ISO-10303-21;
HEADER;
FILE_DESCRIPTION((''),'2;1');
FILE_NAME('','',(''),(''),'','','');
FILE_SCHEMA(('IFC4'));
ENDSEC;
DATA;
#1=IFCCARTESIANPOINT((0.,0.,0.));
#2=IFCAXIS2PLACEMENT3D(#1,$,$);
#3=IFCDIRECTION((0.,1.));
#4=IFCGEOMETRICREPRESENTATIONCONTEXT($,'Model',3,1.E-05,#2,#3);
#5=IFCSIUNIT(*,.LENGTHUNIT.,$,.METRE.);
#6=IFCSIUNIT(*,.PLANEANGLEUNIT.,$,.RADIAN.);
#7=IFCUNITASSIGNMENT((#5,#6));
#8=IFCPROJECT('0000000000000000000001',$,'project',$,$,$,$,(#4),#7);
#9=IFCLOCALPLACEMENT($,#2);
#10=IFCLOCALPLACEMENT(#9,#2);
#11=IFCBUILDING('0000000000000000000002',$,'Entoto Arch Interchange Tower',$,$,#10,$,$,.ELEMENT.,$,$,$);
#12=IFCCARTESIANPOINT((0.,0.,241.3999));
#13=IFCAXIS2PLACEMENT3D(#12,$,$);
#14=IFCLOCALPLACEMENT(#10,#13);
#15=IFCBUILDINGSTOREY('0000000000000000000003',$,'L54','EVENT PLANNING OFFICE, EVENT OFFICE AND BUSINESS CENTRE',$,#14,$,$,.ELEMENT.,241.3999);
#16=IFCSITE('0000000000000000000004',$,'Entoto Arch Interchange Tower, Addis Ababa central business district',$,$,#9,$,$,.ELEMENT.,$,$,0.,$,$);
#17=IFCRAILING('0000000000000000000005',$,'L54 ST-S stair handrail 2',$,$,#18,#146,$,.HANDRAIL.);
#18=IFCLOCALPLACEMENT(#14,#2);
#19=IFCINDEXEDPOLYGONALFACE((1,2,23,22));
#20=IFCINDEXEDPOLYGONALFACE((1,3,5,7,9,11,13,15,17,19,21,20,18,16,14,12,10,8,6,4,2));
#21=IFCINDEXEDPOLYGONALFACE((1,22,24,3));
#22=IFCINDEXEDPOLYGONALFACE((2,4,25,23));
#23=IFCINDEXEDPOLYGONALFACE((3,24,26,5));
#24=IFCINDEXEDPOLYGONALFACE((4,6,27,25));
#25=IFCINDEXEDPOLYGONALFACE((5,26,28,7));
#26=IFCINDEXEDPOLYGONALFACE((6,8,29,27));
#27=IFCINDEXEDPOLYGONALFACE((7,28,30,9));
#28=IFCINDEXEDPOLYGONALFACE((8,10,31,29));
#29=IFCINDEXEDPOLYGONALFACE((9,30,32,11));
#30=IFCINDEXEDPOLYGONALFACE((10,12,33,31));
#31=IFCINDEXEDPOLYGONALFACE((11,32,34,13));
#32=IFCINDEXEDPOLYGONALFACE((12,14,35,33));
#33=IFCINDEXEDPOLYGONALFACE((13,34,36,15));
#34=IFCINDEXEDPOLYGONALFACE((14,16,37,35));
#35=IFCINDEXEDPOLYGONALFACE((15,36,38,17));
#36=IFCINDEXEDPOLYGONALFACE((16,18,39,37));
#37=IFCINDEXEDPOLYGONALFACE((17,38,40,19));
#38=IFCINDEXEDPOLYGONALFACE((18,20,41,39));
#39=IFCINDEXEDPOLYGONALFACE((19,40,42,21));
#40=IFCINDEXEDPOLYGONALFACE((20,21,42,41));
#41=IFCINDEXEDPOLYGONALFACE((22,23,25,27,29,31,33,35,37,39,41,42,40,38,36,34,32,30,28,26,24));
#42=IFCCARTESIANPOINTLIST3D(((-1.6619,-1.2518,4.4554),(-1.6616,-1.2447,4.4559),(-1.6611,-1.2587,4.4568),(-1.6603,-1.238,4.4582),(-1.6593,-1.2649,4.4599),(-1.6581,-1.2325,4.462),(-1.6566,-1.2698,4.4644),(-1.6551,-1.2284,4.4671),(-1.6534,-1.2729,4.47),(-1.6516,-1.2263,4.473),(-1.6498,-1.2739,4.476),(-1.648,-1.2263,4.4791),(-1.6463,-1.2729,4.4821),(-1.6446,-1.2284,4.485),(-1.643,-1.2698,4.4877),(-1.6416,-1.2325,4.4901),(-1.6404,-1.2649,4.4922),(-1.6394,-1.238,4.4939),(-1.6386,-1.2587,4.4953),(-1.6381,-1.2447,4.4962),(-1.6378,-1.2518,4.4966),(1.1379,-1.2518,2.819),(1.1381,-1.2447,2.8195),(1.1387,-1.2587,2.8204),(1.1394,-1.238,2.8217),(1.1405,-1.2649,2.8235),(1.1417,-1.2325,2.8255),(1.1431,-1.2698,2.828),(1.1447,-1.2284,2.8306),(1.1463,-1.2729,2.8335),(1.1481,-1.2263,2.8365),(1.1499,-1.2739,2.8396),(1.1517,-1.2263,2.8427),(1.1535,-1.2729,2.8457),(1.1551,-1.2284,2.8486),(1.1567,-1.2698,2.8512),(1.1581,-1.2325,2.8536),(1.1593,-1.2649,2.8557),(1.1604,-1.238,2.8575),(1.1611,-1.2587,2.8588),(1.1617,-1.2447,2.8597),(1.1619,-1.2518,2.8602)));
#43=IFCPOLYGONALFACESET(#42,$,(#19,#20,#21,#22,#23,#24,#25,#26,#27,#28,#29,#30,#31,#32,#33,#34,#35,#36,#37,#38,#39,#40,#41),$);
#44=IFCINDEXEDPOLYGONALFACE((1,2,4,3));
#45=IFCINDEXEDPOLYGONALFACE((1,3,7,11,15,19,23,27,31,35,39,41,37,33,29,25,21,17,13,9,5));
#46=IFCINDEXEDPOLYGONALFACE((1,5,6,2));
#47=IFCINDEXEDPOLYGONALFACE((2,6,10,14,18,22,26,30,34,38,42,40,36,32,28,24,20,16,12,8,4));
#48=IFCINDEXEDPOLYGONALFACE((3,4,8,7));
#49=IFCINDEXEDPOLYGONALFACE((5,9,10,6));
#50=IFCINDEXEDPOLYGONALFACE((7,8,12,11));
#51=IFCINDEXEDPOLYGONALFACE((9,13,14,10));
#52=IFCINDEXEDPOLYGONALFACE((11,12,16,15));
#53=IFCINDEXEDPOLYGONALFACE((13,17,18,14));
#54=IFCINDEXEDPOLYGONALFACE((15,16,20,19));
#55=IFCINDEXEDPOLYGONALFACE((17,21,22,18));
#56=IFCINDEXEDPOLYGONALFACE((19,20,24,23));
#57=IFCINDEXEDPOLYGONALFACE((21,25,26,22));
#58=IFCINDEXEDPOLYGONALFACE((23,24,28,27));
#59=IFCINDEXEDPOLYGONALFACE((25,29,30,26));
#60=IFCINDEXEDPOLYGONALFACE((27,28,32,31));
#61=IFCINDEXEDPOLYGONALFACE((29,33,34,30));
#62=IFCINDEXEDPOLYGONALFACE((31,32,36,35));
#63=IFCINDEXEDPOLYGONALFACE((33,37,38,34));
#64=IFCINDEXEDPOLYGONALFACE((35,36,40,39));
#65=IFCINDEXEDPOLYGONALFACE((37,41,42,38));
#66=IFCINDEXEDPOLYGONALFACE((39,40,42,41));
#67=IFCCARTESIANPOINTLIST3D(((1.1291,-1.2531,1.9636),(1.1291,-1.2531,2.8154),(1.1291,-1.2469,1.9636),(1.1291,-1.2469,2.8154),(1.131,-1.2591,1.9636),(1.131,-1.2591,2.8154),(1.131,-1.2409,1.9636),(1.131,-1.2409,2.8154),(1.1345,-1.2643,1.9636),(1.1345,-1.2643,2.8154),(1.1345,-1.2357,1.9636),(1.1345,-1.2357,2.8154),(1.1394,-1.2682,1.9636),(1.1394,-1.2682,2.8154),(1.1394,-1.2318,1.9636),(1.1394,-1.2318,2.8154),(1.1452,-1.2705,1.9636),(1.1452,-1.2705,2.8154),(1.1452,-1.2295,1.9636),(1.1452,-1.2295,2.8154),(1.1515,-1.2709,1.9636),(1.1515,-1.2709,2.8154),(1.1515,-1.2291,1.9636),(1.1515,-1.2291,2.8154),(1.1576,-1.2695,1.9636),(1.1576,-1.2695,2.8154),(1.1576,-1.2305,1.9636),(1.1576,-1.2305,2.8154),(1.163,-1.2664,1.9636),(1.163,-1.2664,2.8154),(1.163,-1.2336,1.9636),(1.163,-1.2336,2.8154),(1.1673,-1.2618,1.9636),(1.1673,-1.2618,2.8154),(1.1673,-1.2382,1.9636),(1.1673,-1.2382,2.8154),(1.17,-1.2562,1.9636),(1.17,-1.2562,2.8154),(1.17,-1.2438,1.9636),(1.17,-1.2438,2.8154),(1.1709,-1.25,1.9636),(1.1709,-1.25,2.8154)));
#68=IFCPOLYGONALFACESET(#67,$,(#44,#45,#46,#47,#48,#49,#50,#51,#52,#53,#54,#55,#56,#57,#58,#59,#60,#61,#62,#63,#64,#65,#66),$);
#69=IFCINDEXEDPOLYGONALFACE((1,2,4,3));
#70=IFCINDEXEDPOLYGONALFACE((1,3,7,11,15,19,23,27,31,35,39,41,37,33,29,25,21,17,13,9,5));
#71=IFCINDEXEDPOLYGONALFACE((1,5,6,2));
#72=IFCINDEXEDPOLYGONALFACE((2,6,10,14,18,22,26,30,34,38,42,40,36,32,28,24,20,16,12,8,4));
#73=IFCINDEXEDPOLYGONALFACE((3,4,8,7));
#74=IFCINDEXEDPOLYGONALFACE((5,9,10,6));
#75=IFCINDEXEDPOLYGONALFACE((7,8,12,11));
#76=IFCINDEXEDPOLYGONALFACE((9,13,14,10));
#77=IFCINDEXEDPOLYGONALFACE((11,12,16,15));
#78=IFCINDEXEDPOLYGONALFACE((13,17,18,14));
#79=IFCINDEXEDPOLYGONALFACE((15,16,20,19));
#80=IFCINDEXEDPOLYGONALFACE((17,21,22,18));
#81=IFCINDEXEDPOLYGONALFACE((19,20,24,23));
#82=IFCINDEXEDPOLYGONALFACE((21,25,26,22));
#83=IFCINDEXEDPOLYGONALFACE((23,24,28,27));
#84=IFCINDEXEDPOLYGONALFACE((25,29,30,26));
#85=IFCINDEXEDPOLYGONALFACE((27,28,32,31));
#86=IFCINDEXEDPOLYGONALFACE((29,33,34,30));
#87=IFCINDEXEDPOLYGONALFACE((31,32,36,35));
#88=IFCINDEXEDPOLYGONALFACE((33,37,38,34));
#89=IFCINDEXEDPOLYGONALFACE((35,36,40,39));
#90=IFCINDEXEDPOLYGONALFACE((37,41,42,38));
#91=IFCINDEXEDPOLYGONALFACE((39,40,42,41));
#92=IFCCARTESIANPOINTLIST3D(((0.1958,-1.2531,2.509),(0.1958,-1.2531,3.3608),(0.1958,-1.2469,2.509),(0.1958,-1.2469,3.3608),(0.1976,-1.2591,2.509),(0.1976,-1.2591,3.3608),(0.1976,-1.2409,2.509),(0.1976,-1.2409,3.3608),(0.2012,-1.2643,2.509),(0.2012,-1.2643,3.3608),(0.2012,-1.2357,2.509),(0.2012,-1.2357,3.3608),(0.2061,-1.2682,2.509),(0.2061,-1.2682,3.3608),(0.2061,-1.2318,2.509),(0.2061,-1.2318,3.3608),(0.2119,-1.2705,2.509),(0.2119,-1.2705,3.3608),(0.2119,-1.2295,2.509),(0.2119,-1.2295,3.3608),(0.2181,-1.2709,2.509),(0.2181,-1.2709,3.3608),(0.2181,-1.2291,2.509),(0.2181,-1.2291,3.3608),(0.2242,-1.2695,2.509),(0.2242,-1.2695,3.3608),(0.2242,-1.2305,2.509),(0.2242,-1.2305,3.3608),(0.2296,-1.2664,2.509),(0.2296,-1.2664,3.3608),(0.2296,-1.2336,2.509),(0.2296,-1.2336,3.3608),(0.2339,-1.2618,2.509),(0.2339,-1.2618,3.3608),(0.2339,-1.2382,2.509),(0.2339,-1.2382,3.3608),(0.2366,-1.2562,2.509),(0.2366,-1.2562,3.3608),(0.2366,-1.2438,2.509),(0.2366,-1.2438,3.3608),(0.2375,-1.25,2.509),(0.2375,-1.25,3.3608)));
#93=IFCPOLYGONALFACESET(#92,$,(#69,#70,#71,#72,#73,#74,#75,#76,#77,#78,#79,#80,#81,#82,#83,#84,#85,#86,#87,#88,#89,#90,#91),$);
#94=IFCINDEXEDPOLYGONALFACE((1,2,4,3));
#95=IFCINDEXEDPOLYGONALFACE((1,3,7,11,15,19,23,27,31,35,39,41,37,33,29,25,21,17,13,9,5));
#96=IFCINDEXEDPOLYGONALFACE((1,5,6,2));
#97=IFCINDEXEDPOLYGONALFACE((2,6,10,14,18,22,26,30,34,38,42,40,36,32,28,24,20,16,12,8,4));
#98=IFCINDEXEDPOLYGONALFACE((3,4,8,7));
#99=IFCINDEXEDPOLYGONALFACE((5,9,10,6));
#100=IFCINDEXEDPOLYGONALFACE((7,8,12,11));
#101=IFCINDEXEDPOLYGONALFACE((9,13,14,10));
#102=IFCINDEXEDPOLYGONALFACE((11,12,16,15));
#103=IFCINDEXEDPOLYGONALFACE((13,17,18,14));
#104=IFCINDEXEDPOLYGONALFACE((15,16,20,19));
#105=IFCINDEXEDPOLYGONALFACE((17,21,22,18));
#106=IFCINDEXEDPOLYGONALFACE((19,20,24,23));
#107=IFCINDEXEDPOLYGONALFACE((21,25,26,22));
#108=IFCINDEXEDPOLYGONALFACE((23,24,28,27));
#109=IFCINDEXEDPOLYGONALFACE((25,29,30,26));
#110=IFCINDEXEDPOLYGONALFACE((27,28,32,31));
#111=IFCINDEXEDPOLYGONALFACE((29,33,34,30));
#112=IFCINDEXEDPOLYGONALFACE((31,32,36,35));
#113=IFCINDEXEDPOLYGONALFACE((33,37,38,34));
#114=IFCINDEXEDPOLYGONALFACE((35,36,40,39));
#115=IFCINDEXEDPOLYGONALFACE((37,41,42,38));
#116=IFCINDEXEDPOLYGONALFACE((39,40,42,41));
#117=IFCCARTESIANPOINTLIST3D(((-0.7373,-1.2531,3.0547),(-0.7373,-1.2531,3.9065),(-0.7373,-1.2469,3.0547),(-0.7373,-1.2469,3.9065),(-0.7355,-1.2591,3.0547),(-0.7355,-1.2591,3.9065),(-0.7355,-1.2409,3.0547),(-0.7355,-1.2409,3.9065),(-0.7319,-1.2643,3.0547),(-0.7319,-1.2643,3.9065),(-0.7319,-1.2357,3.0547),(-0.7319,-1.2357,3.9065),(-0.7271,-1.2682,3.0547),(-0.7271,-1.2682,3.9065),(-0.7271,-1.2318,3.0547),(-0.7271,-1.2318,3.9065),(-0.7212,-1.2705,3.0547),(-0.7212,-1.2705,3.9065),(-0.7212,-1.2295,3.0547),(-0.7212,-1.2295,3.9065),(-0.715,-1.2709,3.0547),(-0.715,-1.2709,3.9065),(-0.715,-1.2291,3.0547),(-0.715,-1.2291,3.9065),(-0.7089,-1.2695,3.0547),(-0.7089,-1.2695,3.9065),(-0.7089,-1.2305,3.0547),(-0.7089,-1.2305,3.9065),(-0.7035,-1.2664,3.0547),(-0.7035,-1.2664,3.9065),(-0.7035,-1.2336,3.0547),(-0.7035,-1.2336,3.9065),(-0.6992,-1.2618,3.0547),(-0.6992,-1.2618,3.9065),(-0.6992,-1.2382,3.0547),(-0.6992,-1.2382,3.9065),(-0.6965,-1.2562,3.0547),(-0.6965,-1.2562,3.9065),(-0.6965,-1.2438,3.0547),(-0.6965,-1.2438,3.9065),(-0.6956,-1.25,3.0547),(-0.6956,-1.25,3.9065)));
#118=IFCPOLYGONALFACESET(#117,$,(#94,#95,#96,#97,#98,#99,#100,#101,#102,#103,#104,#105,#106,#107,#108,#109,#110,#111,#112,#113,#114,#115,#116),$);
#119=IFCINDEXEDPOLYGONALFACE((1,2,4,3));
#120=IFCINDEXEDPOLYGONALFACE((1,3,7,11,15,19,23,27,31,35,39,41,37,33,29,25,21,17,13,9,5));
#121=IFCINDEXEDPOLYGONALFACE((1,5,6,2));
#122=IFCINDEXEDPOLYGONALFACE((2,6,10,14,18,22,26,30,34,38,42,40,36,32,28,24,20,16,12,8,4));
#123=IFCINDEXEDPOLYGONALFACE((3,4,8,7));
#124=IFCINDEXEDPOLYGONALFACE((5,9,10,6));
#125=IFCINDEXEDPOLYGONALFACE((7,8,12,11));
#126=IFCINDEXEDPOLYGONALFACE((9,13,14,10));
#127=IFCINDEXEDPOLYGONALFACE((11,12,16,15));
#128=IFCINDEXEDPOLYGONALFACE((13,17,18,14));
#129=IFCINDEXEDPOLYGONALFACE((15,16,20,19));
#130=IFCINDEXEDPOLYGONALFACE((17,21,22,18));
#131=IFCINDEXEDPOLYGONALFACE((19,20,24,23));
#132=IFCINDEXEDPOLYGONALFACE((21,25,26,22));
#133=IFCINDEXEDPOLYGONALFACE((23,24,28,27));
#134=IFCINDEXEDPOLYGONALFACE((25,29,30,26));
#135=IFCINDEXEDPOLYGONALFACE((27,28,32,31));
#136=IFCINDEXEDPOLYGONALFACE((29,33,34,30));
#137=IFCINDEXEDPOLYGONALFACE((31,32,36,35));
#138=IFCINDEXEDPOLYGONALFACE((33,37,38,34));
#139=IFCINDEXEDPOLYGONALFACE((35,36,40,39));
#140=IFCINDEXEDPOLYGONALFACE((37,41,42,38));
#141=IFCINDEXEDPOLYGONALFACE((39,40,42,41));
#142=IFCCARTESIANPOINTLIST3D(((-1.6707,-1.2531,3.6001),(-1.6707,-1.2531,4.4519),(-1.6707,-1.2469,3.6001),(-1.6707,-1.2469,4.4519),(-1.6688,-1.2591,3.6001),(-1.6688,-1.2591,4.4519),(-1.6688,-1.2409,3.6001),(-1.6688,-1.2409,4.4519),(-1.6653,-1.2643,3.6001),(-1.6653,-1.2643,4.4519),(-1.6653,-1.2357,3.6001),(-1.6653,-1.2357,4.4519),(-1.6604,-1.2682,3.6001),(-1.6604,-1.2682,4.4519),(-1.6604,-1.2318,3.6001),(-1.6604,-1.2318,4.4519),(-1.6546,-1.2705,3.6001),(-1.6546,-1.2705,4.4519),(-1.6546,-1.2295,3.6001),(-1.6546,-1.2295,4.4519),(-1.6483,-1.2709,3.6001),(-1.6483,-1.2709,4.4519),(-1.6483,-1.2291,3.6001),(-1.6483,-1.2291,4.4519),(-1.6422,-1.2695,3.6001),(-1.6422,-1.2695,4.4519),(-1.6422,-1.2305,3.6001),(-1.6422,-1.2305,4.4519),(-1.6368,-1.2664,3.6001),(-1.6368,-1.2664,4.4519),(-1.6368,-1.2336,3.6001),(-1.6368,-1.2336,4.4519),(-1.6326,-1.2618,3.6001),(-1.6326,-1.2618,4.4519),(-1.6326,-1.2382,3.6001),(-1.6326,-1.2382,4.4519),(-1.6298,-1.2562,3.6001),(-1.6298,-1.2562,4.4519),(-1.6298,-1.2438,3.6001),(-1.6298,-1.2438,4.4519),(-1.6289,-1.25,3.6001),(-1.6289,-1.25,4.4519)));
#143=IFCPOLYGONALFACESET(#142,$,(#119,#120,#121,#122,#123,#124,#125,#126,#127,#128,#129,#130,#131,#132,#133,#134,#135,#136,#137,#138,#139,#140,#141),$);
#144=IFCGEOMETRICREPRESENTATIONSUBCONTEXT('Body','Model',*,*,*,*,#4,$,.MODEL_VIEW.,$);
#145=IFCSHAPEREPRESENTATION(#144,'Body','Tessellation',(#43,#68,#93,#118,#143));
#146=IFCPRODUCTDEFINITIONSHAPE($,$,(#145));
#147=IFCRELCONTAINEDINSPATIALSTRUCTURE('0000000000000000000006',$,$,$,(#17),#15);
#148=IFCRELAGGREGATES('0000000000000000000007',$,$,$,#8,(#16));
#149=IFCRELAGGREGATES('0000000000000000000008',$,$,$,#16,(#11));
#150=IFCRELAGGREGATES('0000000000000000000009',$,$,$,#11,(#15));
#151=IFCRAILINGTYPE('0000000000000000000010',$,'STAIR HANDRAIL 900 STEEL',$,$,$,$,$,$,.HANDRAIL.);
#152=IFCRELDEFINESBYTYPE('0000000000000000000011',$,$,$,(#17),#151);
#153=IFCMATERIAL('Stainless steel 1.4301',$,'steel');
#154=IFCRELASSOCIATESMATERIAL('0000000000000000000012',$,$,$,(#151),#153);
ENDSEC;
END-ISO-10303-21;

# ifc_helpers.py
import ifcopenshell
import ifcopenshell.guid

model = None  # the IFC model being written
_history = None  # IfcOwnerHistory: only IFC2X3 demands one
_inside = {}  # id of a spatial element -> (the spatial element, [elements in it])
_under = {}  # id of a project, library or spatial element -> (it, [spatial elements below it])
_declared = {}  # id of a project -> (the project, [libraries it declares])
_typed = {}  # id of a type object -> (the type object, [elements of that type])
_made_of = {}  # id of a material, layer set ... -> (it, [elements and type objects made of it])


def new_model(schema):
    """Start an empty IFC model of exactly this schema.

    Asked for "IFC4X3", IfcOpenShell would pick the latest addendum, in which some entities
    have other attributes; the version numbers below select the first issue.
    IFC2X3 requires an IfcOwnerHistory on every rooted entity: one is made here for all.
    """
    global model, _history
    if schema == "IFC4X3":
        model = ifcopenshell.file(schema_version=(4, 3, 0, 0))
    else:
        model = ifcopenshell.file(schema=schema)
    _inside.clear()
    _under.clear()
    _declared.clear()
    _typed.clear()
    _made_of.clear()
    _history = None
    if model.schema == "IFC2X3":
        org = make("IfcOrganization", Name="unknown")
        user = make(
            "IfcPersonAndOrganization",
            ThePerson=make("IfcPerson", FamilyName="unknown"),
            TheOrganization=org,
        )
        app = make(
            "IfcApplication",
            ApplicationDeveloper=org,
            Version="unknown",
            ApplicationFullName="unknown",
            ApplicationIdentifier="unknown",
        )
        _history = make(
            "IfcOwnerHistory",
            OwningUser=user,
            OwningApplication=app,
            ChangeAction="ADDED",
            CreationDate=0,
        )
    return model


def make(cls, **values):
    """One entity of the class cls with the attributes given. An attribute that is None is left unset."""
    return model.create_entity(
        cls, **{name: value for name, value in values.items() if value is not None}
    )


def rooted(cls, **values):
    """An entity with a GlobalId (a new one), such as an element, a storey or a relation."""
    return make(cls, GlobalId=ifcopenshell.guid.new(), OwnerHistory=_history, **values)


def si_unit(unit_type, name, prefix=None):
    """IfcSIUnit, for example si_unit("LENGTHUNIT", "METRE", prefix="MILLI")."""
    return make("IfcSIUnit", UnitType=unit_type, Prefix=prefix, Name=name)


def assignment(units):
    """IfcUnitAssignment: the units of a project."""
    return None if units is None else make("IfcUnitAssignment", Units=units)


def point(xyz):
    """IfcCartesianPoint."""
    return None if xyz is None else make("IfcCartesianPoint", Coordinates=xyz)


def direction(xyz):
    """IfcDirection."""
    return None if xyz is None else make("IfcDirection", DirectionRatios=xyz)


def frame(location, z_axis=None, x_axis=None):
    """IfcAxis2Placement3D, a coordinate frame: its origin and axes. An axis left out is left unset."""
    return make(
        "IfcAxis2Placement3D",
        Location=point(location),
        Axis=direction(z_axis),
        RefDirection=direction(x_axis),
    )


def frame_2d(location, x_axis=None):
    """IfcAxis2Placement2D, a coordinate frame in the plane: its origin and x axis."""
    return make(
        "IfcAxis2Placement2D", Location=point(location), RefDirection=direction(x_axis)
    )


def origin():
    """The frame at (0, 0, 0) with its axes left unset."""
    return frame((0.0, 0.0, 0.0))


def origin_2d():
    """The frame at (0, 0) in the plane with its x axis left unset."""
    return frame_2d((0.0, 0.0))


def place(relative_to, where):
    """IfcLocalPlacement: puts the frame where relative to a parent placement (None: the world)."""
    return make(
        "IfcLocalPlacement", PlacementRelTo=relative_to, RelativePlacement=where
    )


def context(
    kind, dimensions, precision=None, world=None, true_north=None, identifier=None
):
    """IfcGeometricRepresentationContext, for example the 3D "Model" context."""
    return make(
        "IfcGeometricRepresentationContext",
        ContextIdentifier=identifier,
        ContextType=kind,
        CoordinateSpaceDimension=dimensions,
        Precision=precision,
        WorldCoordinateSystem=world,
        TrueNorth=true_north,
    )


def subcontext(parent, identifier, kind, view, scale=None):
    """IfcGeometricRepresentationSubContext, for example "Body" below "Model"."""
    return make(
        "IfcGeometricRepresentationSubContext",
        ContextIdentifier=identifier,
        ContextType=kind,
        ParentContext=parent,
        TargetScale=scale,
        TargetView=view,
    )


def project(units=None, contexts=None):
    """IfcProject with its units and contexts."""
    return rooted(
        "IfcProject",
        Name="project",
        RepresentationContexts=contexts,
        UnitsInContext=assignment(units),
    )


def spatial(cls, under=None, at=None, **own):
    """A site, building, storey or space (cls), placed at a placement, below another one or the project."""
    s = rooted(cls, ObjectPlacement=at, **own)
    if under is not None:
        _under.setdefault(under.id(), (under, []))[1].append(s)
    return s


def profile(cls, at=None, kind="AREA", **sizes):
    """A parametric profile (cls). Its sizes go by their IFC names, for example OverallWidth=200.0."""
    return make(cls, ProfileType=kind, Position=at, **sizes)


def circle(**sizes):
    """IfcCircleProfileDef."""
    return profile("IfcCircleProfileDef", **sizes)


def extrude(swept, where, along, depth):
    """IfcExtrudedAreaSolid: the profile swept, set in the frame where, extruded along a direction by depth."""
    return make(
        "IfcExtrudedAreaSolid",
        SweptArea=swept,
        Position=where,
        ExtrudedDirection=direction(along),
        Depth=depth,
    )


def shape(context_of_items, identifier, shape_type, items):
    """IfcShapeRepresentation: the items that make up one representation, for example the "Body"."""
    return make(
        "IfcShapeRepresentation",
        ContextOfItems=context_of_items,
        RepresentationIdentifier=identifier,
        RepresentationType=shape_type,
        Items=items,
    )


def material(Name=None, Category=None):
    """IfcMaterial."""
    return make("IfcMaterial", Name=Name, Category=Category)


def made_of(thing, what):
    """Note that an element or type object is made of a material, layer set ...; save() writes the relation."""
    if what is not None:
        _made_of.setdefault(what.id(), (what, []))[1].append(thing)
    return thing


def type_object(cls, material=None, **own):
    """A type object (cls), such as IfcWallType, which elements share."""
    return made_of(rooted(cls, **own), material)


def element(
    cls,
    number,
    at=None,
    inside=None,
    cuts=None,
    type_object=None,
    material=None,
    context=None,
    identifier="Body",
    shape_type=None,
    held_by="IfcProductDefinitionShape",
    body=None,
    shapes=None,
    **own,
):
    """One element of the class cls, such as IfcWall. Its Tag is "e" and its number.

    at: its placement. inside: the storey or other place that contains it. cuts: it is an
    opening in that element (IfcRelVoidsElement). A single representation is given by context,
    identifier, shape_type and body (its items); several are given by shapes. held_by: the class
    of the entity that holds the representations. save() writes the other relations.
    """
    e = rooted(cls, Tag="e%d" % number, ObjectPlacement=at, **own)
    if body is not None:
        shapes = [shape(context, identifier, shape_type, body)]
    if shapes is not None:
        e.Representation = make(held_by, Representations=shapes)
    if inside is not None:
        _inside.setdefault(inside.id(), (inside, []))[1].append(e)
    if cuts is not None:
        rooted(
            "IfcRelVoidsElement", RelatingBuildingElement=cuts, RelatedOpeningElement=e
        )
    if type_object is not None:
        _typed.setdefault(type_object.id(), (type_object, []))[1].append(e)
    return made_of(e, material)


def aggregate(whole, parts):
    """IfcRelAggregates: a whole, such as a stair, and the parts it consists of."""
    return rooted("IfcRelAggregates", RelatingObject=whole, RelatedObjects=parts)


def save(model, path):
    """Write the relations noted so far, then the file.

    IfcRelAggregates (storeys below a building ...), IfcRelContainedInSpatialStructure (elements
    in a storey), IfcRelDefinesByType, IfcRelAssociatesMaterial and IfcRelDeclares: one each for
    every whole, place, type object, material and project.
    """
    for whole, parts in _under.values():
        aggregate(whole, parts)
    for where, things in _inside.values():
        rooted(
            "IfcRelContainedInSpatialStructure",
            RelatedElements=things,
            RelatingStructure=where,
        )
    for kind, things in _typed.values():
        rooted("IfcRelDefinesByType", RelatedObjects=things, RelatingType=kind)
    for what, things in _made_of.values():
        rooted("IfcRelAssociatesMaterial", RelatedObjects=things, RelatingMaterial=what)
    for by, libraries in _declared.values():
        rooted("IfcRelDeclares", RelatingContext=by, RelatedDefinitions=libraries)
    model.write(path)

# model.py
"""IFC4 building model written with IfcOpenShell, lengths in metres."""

from ifc_helpers import new_model, si_unit, direction, frame, origin, origin_2d, place, context, subcontext, project, spatial, circle, extrude, material, type_object, element, save


model = new_model("IFC4")

# Units and contexts
model_context = context("Model", 3, precision=1e-05, world=origin(), true_north=direction((0.0, 1.0)))
body_context = subcontext(model_context, "Body", "Model", "MODEL_VIEW")
ifc_project = project(units=[si_unit("LENGTHUNIT", "METRE"), si_unit("PLANEANGLEUNIT", "RADIAN")], contexts=[model_context])

# Site, building, storey
site_placement = place(None, origin())
site = spatial("IfcSite", under=ifc_project, at=site_placement, Name="Entoto Arch Interchange Tower, Addis Ababa central business district", CompositionType="ELEMENT", RefElevation=0.0)
building_placement = place(site_placement, origin())
building = spatial("IfcBuilding", under=site, at=building_placement, Name="Entoto Arch Interchange Tower", CompositionType="ELEMENT")
storey_placement = place(building_placement, frame((0.0, 0.0, 241.3999)))
storey = spatial("IfcBuildingStorey", under=building, at=storey_placement, Name="L54", Description="EVENT PLANNING OFFICE, EVENT OFFICE AND BUSINESS CENTRE", CompositionType="ELEMENT", Elevation=241.3999)

# Railing
ifc_material_1 = material(Name="Stainless steel 1.4301", Category="steel")
railing_type_1 = type_object("IfcRailingType", Name="STAIR HANDRAIL 900 STEEL", PredefinedType="HANDRAIL", material=ifc_material_1)
railing_1_placement = place(storey_placement, frame((1.1499, -1.25, 1.9636)))
element("IfcRailing", 1, at=railing_1_placement, inside=storey, type_object=railing_type_1, Name="L54 ST-S stair handrail 2", PredefinedType="HANDRAIL", context=body_context, shape_type="SweptSolid", body=[
    extrude(circle(Radius=0.0239, at=origin_2d()), frame((0.0, 0.0, 0.876), z_axis=(-0.863342, 0.0, 0.50462), x_axis=(0.0, -1.0, 0.0)), (0.0, 0.0, 1.0), 3.2429),
    extrude(circle(Radius=0.021, at=origin_2d()), origin(), (0.0, 0.0, 1.0), 0.8518),
    extrude(circle(Radius=0.021, at=origin_2d()), frame((-0.9333, 0.0, 0.5454)), (0.0, 0.0, 1.0), 0.8518),
    extrude(circle(Radius=0.021, at=origin_2d()), frame((-1.8665, 0.0, 1.0911)), (0.0, 0.0, 1.0), 0.8518),
    extrude(circle(Radius=0.021, at=origin_2d()), frame((-2.7998, 0.0, 1.6365)), (0.0, 0.0, 1.0), 0.8518),
])

save(model, "model.ifc")
